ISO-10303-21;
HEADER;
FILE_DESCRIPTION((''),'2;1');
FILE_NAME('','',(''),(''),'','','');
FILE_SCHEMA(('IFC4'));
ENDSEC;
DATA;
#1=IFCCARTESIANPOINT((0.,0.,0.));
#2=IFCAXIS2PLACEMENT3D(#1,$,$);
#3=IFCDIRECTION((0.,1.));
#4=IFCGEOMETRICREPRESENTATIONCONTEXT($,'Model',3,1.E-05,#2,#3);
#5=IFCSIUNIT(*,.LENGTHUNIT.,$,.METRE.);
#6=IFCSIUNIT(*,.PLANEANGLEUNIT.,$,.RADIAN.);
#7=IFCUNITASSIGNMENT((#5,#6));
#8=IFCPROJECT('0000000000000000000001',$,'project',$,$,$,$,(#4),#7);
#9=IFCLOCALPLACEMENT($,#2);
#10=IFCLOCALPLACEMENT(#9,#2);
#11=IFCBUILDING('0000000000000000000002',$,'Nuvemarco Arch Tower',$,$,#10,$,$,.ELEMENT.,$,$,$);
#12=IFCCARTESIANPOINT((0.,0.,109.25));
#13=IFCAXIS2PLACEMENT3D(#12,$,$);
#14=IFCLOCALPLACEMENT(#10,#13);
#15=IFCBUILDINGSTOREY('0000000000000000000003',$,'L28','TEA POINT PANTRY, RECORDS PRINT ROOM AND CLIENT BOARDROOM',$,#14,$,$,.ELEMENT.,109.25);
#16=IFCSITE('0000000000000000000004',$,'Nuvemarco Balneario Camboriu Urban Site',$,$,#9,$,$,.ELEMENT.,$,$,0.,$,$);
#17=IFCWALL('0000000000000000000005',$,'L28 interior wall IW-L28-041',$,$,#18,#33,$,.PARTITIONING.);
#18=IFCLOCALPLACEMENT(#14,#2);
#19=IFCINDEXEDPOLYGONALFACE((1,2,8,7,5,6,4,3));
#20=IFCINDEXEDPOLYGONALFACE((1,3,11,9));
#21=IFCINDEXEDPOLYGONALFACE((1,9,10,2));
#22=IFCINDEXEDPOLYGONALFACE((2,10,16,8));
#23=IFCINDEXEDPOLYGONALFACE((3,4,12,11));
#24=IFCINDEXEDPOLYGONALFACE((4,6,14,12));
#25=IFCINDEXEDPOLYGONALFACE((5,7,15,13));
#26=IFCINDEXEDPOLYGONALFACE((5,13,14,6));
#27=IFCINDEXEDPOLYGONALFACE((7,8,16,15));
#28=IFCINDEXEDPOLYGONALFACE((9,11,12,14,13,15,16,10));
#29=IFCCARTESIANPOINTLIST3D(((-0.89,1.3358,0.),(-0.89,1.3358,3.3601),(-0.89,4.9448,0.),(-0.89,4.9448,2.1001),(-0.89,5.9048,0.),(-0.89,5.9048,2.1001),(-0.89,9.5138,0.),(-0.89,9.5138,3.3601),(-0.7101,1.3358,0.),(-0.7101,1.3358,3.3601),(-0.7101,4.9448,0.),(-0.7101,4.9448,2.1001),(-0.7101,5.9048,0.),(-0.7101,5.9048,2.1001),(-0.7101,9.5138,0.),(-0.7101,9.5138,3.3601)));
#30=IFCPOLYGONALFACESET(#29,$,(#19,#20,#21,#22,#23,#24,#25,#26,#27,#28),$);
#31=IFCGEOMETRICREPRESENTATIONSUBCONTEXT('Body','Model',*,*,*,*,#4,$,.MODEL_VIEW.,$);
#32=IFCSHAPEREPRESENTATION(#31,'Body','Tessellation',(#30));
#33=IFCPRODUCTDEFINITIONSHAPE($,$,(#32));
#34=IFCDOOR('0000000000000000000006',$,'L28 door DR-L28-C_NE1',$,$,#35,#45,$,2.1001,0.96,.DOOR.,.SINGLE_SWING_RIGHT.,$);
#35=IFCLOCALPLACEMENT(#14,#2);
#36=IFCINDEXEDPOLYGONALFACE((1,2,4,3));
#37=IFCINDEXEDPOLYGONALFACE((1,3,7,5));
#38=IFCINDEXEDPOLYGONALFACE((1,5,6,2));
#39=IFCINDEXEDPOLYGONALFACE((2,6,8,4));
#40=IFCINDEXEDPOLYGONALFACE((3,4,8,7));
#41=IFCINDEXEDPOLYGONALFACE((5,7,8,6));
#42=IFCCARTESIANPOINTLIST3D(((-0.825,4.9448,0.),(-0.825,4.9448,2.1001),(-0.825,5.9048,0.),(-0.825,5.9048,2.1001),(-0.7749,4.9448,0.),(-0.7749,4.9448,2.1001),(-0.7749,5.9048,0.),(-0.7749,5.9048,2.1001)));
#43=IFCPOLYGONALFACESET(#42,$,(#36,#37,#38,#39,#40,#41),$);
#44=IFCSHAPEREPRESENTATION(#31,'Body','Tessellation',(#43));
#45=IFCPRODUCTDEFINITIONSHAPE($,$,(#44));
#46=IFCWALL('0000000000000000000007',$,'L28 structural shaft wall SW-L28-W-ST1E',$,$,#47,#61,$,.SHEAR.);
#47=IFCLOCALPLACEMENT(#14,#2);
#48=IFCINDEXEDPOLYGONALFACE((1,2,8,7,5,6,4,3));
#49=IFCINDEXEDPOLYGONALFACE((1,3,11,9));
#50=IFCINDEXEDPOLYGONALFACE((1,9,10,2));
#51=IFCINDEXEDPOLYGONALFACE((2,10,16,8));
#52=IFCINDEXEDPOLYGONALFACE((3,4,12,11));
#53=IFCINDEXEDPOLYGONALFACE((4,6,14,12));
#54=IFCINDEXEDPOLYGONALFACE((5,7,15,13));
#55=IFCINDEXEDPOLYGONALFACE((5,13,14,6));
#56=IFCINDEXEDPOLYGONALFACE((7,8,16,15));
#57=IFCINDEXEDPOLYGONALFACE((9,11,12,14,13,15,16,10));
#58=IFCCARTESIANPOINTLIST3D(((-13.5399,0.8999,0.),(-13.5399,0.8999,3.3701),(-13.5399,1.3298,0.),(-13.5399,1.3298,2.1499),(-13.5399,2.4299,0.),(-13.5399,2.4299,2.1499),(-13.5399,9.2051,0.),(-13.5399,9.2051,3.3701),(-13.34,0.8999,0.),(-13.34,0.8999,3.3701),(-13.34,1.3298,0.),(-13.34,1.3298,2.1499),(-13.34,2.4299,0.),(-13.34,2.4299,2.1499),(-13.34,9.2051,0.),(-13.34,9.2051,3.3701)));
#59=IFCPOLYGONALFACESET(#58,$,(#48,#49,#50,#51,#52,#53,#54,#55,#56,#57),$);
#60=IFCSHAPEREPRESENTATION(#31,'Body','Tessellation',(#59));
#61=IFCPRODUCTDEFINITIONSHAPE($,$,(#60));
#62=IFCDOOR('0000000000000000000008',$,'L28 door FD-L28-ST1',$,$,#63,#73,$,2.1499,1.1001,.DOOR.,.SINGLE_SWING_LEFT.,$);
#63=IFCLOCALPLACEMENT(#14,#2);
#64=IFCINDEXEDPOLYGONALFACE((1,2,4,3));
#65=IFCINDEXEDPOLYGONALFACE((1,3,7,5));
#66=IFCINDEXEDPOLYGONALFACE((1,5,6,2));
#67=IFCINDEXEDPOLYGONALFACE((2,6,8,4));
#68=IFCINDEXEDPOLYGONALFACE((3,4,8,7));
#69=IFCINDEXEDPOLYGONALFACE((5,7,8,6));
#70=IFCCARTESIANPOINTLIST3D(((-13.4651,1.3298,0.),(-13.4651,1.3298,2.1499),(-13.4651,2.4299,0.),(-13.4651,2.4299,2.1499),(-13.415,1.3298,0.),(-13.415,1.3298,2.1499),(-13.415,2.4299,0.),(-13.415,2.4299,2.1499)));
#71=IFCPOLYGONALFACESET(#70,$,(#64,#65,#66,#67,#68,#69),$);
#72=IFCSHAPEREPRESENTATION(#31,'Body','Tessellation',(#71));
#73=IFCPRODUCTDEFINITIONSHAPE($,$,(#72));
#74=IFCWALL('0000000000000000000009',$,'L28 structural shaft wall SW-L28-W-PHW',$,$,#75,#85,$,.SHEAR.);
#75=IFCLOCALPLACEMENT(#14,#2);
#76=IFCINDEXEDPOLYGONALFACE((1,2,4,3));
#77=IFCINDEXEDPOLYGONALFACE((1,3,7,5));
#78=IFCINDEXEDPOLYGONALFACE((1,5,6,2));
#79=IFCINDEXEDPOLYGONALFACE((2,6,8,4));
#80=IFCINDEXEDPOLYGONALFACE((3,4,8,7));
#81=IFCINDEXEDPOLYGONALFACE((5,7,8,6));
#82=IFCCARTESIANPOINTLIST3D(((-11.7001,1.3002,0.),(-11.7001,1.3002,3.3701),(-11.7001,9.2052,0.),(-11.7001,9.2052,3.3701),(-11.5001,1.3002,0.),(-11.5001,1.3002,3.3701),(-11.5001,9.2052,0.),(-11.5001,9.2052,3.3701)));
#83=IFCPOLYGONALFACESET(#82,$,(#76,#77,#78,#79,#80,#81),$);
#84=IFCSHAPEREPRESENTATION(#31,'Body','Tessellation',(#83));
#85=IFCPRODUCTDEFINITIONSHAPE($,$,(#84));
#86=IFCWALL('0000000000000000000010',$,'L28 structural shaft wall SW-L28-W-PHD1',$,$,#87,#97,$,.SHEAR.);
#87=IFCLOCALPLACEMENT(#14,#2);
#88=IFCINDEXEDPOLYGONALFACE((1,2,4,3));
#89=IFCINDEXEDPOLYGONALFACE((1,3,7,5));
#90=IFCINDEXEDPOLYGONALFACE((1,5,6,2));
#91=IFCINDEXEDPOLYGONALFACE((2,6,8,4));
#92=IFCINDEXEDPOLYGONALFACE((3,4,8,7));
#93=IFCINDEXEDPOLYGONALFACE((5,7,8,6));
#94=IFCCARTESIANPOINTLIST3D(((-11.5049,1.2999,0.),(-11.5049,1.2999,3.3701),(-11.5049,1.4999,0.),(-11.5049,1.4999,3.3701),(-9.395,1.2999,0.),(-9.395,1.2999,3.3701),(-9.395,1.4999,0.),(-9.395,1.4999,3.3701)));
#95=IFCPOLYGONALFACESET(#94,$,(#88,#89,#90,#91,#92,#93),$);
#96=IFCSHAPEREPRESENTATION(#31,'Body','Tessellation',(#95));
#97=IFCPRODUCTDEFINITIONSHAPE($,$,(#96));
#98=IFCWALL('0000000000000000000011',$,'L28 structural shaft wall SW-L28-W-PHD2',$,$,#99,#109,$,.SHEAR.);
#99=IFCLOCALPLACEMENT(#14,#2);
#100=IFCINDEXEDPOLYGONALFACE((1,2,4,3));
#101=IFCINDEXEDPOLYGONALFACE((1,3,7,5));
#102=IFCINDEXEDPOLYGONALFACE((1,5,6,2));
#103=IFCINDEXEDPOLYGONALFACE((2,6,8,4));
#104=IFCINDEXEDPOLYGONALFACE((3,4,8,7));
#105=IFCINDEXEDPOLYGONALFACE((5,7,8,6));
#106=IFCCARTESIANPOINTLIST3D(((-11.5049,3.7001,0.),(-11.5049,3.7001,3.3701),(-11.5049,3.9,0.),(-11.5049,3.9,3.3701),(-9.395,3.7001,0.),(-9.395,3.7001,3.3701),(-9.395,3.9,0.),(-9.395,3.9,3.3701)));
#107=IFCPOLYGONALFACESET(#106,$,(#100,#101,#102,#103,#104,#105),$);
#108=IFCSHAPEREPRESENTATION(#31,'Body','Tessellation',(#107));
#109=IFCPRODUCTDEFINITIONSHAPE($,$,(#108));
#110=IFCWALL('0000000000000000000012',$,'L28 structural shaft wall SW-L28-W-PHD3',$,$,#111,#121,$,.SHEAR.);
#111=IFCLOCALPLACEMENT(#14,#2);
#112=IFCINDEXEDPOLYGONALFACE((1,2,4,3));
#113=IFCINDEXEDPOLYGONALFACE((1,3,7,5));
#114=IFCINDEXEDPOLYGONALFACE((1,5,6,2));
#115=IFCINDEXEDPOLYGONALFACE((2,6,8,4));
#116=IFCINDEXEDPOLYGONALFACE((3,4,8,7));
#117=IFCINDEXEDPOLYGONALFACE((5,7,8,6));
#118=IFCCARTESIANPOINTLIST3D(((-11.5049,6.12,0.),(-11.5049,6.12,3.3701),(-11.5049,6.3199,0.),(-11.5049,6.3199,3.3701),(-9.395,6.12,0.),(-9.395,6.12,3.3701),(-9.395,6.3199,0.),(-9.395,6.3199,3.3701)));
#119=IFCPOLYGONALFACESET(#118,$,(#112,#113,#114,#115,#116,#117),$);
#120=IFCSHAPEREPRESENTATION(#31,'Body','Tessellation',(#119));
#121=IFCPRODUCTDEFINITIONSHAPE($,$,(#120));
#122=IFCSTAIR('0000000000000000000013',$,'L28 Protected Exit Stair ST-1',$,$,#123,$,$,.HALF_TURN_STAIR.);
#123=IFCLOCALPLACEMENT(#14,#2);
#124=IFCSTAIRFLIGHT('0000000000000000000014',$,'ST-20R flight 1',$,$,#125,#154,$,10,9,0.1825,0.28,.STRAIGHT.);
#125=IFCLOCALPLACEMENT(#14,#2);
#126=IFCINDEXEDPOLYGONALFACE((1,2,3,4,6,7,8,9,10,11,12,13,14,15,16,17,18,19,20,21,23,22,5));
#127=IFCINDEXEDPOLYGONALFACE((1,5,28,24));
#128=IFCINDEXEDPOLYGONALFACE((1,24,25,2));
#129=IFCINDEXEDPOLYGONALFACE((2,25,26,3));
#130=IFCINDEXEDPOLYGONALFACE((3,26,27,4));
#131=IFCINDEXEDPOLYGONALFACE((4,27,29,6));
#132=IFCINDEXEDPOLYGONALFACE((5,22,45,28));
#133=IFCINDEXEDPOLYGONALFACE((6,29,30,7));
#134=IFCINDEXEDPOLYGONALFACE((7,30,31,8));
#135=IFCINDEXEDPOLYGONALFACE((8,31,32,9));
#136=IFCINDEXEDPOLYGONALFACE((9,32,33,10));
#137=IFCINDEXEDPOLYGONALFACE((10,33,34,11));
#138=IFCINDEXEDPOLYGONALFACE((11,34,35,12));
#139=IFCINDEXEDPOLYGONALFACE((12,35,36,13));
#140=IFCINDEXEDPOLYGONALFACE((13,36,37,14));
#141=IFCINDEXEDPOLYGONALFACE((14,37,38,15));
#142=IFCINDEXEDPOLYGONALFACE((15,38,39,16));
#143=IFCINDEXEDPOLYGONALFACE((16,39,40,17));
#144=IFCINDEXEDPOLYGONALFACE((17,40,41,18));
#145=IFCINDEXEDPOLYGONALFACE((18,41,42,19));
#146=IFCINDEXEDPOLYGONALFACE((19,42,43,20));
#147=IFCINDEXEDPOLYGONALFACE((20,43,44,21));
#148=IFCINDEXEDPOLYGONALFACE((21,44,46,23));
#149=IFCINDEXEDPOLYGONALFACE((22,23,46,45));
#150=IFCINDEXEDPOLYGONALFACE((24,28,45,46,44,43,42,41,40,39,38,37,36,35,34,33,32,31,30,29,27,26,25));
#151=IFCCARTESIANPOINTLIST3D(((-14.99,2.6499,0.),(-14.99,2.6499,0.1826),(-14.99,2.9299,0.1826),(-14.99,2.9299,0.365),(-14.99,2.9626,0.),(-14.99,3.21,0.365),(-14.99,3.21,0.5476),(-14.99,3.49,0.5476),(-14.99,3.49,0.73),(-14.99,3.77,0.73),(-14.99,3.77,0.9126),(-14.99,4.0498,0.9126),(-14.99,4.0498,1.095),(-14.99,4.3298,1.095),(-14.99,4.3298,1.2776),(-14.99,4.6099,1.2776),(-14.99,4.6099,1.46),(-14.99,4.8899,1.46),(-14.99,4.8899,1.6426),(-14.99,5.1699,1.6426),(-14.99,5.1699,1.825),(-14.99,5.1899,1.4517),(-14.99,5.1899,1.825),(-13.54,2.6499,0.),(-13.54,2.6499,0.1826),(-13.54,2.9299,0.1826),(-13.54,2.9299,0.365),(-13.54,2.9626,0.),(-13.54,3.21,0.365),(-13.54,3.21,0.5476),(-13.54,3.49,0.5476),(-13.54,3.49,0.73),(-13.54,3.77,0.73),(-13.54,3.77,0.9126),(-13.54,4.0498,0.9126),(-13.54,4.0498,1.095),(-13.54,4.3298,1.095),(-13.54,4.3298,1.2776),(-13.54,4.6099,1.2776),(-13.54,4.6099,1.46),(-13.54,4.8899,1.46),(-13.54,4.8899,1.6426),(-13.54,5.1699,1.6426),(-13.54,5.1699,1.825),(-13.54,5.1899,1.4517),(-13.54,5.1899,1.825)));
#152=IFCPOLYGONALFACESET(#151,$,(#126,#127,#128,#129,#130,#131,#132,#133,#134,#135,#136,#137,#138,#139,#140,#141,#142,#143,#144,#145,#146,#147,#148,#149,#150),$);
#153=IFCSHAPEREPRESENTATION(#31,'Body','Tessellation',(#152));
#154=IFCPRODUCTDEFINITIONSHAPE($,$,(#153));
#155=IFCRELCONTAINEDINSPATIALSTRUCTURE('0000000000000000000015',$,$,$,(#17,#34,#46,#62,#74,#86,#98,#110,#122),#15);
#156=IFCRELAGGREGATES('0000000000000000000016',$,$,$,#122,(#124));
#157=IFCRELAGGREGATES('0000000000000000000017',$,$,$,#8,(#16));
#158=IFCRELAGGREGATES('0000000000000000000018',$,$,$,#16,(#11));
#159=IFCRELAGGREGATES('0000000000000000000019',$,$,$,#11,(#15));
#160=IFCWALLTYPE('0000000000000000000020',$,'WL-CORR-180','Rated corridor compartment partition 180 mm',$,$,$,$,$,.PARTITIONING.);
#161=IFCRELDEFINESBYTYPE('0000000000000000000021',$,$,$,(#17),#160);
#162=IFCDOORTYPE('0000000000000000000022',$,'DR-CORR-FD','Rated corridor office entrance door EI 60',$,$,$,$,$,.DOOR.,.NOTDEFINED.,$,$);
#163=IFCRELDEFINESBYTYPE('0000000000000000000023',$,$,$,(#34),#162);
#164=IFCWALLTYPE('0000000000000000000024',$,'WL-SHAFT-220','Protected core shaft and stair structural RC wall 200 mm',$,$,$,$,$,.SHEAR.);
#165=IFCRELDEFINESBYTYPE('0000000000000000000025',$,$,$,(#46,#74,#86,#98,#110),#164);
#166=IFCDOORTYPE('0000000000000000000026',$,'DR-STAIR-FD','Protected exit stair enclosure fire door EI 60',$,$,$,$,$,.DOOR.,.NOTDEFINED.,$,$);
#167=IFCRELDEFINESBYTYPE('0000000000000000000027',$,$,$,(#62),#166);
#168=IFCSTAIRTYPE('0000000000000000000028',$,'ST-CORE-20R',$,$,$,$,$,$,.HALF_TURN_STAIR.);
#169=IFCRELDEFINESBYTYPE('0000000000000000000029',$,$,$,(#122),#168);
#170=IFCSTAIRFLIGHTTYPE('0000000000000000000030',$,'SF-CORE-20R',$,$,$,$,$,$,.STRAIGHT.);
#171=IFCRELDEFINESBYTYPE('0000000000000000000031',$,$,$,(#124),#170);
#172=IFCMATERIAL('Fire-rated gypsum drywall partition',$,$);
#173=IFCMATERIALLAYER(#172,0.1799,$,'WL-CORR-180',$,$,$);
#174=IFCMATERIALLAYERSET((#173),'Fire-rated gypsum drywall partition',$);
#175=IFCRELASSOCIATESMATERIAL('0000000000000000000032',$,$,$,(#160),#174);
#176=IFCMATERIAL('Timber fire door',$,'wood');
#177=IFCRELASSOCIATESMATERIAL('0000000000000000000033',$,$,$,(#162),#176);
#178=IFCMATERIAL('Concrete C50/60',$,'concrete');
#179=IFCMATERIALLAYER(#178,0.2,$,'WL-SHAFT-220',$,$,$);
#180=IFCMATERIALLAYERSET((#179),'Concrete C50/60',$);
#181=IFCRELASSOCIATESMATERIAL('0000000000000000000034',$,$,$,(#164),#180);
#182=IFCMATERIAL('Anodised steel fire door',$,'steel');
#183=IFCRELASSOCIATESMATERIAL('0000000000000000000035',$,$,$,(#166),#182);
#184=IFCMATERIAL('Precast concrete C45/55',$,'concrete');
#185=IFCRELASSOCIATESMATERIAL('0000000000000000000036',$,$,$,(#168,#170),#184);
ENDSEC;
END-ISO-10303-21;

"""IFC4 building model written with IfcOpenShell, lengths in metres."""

from ifc_helpers import new_model, si_unit, direction, frame, frame_2d, origin, place, context, subcontext, project, spatial, polyline, rectangle, outline, extrude, source, transform, mapped, material, layer, layer_set, type_object, type_shapes, element, fill, aggregate, save


model = new_model("IFC4")

# Units and contexts
model_context = context("Model", 3, precision=1e-05, world=origin(), true_north=direction((0.0, 1.0)))
body_context = subcontext(model_context, "Body", "Model", "MODEL_VIEW")
ifc_project = project(units=[si_unit("LENGTHUNIT", "METRE"), si_unit("PLANEANGLEUNIT", "RADIAN")], contexts=[model_context])

# Site, building, storey
site_placement = place(None, origin())
site = spatial("IfcSite", under=ifc_project, at=site_placement, Name="Nuvemarco Balneario Camboriu Urban Site", CompositionType="ELEMENT", RefElevation=0.0)
building_placement = place(site_placement, origin())
building = spatial("IfcBuilding", under=site, at=building_placement, Name="Nuvemarco Arch Tower", CompositionType="ELEMENT")
storey_placement = place(building_placement, frame((0.0, 0.0, 109.25)))
storey = spatial("IfcBuildingStorey", under=building, at=storey_placement, Name="L28", Description="TEA POINT PANTRY, RECORDS PRINT ROOM AND CLIENT BOARDROOM", CompositionType="ELEMENT", Elevation=109.25)

# Shared definitions
ifc_material_1 = material(Name="Fire-rated gypsum drywall partition")
ifc_layer_1 = layer(ifc_material_1, 0.1799, Name="WL-CORR-180")
ifc_layer_set_1 = layer_set([ifc_layer_1], Name="Fire-rated gypsum drywall partition")
wall_type_1 = type_object("IfcWallType", Name="WL-CORR-180", Description="Rated corridor compartment partition 180 mm", PredefinedType="PARTITIONING", material=ifc_layer_set_1)

# Walls, openings, doors
ifc_material_2 = material(Name="Timber fire door", Category="wood")
door_type_1 = type_object("IfcDoorType", Name="DR-CORR-FD", Description="Rated corridor office entrance door EI 60", OperationType="NOTDEFINED", PredefinedType="DOOR", material=ifc_material_2)
shared_shape_1 = source(origin(), body_context, "Body", "SweptSolid", [
    extrude(rectangle(XDim=0.96, YDim=2.1001, at=frame_2d((0.48, 1.05))), frame((0.0, 0.0249, 0.0), z_axis=(0.0, -1.0, 0.0), x_axis=(1.0, 0.0, 0.0)), (0.0, 0.0, 1.0), 0.05),
])
type_shapes(door_type_1, [shared_shape_1])
wall_1_placement = place(storey_placement, frame((-0.8, 1.3359, 0.0), z_axis=(0.0, 0.0, 1.0), x_axis=(0.0, 1.0, 0.0)))
wall_1 = element("IfcWall", 1, at=wall_1_placement, inside=storey, type_object=wall_type_1, Name="L28 interior wall IW-L28-041", PredefinedType="PARTITIONING", context=body_context, shape_type="SweptSolid", body=[
    extrude(rectangle(XDim=8.178, YDim=0.1799, at=frame_2d((4.0889, 0.0))), origin(), (0.0, 0.0, 1.0), 3.3601),
])
opening_1_placement = place(wall_1_placement, frame((3.6089, 0.0, 0.0)))
opening_1 = element("IfcOpeningElement", 2, at=opening_1_placement, cuts=wall_1, PredefinedType="OPENING", context=body_context, shape_type="SweptSolid", body=[
    extrude(rectangle(XDim=0.96, YDim=2.1001, at=frame_2d((0.48, 1.05))), frame((0.0, 0.0999, 0.0), z_axis=(0.0, -1.0, 0.0), x_axis=(1.0, 0.0, 0.0)), (0.0, 0.0, 1.0), 0.2),
])
door_1_placement = place(opening_1_placement, origin())
door_1 = element("IfcDoor", 3, at=door_1_placement, inside=storey, type_object=door_type_1, Name="L28 door DR-L28-C_NE1", OperationType="SINGLE_SWING_RIGHT", OverallHeight=2.1001, OverallWidth=0.96, PredefinedType="DOOR", context=body_context, shape_type="MappedRepresentation", body=[
    mapped(shared_shape_1, transform((0.0, 0.0, 0.0), scale=1.0)),
])
fill(opening_1, door_1)
ifc_material_3 = material(Name="Concrete C50/60", Category="concrete")
ifc_layer_2 = layer(ifc_material_3, 0.2, Name="WL-SHAFT-220")
ifc_layer_set_2 = layer_set([ifc_layer_2], Name="Concrete C50/60")
wall_type_2 = type_object("IfcWallType", Name="WL-SHAFT-220", Description="Protected core shaft and stair structural RC wall 200 mm", PredefinedType="SHEAR", material=ifc_layer_set_2)
wall_2_placement = place(storey_placement, frame((-13.4399, 0.8999, 0.0), z_axis=(0.0, 0.0, 1.0), x_axis=(0.0, 1.0, 0.0)))
wall_2 = element("IfcWall", 4, at=wall_2_placement, inside=storey, type_object=wall_type_2, Name="L28 structural shaft wall SW-L28-W-ST1E", PredefinedType="SHEAR", context=body_context, shape_type="SweptSolid", body=[
    extrude(rectangle(XDim=8.3052, YDim=0.2, at=frame_2d((4.1526, 0.0))), origin(), (0.0, 0.0, 1.0), 3.3701),
])
opening_2_placement = place(wall_2_placement, frame((1.53, 0.0, 0.0), z_axis=(0.0, 0.0, 1.0), x_axis=(-1.0, 0.0, 0.0)))
opening_2 = element("IfcOpeningElement", 5, at=opening_2_placement, cuts=wall_2, PredefinedType="OPENING", context=body_context, shape_type="SweptSolid", body=[
    extrude(rectangle(XDim=1.1001, YDim=2.1499, at=frame_2d((0.55, 1.075))), frame((0.0, 0.1099, 0.0), z_axis=(0.0, -1.0, 0.0), x_axis=(1.0, 0.0, 0.0)), (0.0, 0.0, 1.0), 0.22),
])
ifc_material_4 = material(Name="Anodised steel fire door", Category="steel")
door_type_2 = type_object("IfcDoorType", Name="DR-STAIR-FD", Description="Protected exit stair enclosure fire door EI 60", OperationType="NOTDEFINED", PredefinedType="DOOR", material=ifc_material_4)
shared_shape_2 = source(origin(), body_context, "Body", "SweptSolid", [
    extrude(rectangle(XDim=1.1001, YDim=2.1499, at=frame_2d((0.55, 1.075))), frame((0.0, 0.0249, 0.0), z_axis=(0.0, -1.0, 0.0), x_axis=(1.0, 0.0, 0.0)), (0.0, 0.0, 1.0), 0.05),
])
type_shapes(door_type_2, [shared_shape_2])
door_2_placement = place(opening_2_placement, origin())
door_2 = element("IfcDoor", 6, at=door_2_placement, inside=storey, type_object=door_type_2, Name="L28 door FD-L28-ST1", OperationType="SINGLE_SWING_LEFT", OverallHeight=2.1499, OverallWidth=1.1001, PredefinedType="DOOR", context=body_context, shape_type="MappedRepresentation", body=[
    mapped(shared_shape_2, transform((0.0, 0.0, 0.0), scale=1.0)),
])
fill(opening_2, door_2)

# Walls
wall_3_placement = place(storey_placement, frame((-11.6001, 1.3, 0.0), z_axis=(0.0, 0.0, 1.0), x_axis=(0.0, 1.0, 0.0)))
element("IfcWall", 7, at=wall_3_placement, inside=storey, type_object=wall_type_2, Name="L28 structural shaft wall SW-L28-W-PHW", PredefinedType="SHEAR", context=body_context, shape_type="SweptSolid", body=[
    extrude(rectangle(XDim=7.905, YDim=0.2, at=frame_2d((3.9526, 0.0))), origin(), (0.0, 0.0, 1.0), 3.3701),
])
for number, where, z_axis, x_axis, name in (
    (8, (-11.5049, 1.3999, 0.0), (0.0, 0.0, 1.0), (1.0, 0.0, 0.0), "L28 structural shaft wall SW-L28-W-PHD1"),
    (9, (-11.5049, 3.8, 0.0), (0.0, 0.0, 1.0), (1.0, 0.0, 0.0), "L28 structural shaft wall SW-L28-W-PHD2"),
    (10, (-11.5049, 6.22, 0.0), (0.0, 0.0, 1.0), (1.0, 0.0, 0.0), "L28 structural shaft wall SW-L28-W-PHD3"),
):
    element("IfcWall", number, at=place(storey_placement, frame(where, z_axis=z_axis, x_axis=x_axis)), inside=storey, type_object=wall_type_2, Name=name, PredefinedType="SHEAR", context=body_context, shape_type="SweptSolid", body=[
        extrude(rectangle(XDim=2.1099, YDim=0.2, at=frame_2d((1.0549, 0.0))), origin(), (0.0, 0.0, 1.0), 3.3701),
    ])

# Stair, stair flight
ifc_material_5 = material(Name="Precast concrete C45/55", Category="concrete")
stair_type = type_object("IfcStairType", Name="ST-CORE-20R", PredefinedType="HALF_TURN_STAIR", material=ifc_material_5)
stair_placement = place(storey_placement, origin())
stair = element("IfcStair", 11, at=stair_placement, inside=storey, type_object=stair_type, Name="L28 Protected Exit Stair ST-1", PredefinedType="HALF_TURN_STAIR")
stair_flight_type = type_object("IfcStairFlightType", Name="SF-CORE-20R", PredefinedType="STRAIGHT", material=ifc_material_5)
stair_flight_1_placement = place(storey_placement, frame((-14.2649, 2.6499, 0.0), z_axis=(0.0, 0.0, 1.0), x_axis=(0.0, 1.0, 0.0)))
stair_flight_1 = element("IfcStairFlight", 12, at=stair_flight_1_placement, type_object=stair_flight_type, Name="ST-20R flight 1", NumberOfRisers=10, NumberOfTreads=9, PredefinedType="STRAIGHT", RiserHeight=0.1825, TreadLength=0.28, context=body_context, shape_type="SweptSolid", body=[
    extrude(outline(polyline([(0.0, 0.0), (0.0, 0.1826), (0.28, 0.1826), (0.28, 0.365), (0.5601, 0.365), (0.5601, 0.5476), (0.8401, 0.5476), (0.8401, 0.73), (1.1201, 0.73), (1.1201, 0.9126), (1.3999, 0.9126), (1.3999, 1.095), (1.6799, 1.095), (1.6799, 1.2776), (1.96, 1.2776), (1.96, 1.46), (2.24, 1.46), (2.24, 1.6426), (2.52, 1.6426), (2.52, 1.825), (2.54, 1.825), (2.54, 1.4517), (0.3127, 0.0), (0.0, 0.0)])), frame((0.0, 0.7251, 0.0), z_axis=(0.0, -1.0, 0.0), x_axis=(1.0, 0.0, 0.0)), (0.0, 0.0, 1.0), 1.45),
])
aggregate(stair, [stair_flight_1])

save(model, "model.ifc")
